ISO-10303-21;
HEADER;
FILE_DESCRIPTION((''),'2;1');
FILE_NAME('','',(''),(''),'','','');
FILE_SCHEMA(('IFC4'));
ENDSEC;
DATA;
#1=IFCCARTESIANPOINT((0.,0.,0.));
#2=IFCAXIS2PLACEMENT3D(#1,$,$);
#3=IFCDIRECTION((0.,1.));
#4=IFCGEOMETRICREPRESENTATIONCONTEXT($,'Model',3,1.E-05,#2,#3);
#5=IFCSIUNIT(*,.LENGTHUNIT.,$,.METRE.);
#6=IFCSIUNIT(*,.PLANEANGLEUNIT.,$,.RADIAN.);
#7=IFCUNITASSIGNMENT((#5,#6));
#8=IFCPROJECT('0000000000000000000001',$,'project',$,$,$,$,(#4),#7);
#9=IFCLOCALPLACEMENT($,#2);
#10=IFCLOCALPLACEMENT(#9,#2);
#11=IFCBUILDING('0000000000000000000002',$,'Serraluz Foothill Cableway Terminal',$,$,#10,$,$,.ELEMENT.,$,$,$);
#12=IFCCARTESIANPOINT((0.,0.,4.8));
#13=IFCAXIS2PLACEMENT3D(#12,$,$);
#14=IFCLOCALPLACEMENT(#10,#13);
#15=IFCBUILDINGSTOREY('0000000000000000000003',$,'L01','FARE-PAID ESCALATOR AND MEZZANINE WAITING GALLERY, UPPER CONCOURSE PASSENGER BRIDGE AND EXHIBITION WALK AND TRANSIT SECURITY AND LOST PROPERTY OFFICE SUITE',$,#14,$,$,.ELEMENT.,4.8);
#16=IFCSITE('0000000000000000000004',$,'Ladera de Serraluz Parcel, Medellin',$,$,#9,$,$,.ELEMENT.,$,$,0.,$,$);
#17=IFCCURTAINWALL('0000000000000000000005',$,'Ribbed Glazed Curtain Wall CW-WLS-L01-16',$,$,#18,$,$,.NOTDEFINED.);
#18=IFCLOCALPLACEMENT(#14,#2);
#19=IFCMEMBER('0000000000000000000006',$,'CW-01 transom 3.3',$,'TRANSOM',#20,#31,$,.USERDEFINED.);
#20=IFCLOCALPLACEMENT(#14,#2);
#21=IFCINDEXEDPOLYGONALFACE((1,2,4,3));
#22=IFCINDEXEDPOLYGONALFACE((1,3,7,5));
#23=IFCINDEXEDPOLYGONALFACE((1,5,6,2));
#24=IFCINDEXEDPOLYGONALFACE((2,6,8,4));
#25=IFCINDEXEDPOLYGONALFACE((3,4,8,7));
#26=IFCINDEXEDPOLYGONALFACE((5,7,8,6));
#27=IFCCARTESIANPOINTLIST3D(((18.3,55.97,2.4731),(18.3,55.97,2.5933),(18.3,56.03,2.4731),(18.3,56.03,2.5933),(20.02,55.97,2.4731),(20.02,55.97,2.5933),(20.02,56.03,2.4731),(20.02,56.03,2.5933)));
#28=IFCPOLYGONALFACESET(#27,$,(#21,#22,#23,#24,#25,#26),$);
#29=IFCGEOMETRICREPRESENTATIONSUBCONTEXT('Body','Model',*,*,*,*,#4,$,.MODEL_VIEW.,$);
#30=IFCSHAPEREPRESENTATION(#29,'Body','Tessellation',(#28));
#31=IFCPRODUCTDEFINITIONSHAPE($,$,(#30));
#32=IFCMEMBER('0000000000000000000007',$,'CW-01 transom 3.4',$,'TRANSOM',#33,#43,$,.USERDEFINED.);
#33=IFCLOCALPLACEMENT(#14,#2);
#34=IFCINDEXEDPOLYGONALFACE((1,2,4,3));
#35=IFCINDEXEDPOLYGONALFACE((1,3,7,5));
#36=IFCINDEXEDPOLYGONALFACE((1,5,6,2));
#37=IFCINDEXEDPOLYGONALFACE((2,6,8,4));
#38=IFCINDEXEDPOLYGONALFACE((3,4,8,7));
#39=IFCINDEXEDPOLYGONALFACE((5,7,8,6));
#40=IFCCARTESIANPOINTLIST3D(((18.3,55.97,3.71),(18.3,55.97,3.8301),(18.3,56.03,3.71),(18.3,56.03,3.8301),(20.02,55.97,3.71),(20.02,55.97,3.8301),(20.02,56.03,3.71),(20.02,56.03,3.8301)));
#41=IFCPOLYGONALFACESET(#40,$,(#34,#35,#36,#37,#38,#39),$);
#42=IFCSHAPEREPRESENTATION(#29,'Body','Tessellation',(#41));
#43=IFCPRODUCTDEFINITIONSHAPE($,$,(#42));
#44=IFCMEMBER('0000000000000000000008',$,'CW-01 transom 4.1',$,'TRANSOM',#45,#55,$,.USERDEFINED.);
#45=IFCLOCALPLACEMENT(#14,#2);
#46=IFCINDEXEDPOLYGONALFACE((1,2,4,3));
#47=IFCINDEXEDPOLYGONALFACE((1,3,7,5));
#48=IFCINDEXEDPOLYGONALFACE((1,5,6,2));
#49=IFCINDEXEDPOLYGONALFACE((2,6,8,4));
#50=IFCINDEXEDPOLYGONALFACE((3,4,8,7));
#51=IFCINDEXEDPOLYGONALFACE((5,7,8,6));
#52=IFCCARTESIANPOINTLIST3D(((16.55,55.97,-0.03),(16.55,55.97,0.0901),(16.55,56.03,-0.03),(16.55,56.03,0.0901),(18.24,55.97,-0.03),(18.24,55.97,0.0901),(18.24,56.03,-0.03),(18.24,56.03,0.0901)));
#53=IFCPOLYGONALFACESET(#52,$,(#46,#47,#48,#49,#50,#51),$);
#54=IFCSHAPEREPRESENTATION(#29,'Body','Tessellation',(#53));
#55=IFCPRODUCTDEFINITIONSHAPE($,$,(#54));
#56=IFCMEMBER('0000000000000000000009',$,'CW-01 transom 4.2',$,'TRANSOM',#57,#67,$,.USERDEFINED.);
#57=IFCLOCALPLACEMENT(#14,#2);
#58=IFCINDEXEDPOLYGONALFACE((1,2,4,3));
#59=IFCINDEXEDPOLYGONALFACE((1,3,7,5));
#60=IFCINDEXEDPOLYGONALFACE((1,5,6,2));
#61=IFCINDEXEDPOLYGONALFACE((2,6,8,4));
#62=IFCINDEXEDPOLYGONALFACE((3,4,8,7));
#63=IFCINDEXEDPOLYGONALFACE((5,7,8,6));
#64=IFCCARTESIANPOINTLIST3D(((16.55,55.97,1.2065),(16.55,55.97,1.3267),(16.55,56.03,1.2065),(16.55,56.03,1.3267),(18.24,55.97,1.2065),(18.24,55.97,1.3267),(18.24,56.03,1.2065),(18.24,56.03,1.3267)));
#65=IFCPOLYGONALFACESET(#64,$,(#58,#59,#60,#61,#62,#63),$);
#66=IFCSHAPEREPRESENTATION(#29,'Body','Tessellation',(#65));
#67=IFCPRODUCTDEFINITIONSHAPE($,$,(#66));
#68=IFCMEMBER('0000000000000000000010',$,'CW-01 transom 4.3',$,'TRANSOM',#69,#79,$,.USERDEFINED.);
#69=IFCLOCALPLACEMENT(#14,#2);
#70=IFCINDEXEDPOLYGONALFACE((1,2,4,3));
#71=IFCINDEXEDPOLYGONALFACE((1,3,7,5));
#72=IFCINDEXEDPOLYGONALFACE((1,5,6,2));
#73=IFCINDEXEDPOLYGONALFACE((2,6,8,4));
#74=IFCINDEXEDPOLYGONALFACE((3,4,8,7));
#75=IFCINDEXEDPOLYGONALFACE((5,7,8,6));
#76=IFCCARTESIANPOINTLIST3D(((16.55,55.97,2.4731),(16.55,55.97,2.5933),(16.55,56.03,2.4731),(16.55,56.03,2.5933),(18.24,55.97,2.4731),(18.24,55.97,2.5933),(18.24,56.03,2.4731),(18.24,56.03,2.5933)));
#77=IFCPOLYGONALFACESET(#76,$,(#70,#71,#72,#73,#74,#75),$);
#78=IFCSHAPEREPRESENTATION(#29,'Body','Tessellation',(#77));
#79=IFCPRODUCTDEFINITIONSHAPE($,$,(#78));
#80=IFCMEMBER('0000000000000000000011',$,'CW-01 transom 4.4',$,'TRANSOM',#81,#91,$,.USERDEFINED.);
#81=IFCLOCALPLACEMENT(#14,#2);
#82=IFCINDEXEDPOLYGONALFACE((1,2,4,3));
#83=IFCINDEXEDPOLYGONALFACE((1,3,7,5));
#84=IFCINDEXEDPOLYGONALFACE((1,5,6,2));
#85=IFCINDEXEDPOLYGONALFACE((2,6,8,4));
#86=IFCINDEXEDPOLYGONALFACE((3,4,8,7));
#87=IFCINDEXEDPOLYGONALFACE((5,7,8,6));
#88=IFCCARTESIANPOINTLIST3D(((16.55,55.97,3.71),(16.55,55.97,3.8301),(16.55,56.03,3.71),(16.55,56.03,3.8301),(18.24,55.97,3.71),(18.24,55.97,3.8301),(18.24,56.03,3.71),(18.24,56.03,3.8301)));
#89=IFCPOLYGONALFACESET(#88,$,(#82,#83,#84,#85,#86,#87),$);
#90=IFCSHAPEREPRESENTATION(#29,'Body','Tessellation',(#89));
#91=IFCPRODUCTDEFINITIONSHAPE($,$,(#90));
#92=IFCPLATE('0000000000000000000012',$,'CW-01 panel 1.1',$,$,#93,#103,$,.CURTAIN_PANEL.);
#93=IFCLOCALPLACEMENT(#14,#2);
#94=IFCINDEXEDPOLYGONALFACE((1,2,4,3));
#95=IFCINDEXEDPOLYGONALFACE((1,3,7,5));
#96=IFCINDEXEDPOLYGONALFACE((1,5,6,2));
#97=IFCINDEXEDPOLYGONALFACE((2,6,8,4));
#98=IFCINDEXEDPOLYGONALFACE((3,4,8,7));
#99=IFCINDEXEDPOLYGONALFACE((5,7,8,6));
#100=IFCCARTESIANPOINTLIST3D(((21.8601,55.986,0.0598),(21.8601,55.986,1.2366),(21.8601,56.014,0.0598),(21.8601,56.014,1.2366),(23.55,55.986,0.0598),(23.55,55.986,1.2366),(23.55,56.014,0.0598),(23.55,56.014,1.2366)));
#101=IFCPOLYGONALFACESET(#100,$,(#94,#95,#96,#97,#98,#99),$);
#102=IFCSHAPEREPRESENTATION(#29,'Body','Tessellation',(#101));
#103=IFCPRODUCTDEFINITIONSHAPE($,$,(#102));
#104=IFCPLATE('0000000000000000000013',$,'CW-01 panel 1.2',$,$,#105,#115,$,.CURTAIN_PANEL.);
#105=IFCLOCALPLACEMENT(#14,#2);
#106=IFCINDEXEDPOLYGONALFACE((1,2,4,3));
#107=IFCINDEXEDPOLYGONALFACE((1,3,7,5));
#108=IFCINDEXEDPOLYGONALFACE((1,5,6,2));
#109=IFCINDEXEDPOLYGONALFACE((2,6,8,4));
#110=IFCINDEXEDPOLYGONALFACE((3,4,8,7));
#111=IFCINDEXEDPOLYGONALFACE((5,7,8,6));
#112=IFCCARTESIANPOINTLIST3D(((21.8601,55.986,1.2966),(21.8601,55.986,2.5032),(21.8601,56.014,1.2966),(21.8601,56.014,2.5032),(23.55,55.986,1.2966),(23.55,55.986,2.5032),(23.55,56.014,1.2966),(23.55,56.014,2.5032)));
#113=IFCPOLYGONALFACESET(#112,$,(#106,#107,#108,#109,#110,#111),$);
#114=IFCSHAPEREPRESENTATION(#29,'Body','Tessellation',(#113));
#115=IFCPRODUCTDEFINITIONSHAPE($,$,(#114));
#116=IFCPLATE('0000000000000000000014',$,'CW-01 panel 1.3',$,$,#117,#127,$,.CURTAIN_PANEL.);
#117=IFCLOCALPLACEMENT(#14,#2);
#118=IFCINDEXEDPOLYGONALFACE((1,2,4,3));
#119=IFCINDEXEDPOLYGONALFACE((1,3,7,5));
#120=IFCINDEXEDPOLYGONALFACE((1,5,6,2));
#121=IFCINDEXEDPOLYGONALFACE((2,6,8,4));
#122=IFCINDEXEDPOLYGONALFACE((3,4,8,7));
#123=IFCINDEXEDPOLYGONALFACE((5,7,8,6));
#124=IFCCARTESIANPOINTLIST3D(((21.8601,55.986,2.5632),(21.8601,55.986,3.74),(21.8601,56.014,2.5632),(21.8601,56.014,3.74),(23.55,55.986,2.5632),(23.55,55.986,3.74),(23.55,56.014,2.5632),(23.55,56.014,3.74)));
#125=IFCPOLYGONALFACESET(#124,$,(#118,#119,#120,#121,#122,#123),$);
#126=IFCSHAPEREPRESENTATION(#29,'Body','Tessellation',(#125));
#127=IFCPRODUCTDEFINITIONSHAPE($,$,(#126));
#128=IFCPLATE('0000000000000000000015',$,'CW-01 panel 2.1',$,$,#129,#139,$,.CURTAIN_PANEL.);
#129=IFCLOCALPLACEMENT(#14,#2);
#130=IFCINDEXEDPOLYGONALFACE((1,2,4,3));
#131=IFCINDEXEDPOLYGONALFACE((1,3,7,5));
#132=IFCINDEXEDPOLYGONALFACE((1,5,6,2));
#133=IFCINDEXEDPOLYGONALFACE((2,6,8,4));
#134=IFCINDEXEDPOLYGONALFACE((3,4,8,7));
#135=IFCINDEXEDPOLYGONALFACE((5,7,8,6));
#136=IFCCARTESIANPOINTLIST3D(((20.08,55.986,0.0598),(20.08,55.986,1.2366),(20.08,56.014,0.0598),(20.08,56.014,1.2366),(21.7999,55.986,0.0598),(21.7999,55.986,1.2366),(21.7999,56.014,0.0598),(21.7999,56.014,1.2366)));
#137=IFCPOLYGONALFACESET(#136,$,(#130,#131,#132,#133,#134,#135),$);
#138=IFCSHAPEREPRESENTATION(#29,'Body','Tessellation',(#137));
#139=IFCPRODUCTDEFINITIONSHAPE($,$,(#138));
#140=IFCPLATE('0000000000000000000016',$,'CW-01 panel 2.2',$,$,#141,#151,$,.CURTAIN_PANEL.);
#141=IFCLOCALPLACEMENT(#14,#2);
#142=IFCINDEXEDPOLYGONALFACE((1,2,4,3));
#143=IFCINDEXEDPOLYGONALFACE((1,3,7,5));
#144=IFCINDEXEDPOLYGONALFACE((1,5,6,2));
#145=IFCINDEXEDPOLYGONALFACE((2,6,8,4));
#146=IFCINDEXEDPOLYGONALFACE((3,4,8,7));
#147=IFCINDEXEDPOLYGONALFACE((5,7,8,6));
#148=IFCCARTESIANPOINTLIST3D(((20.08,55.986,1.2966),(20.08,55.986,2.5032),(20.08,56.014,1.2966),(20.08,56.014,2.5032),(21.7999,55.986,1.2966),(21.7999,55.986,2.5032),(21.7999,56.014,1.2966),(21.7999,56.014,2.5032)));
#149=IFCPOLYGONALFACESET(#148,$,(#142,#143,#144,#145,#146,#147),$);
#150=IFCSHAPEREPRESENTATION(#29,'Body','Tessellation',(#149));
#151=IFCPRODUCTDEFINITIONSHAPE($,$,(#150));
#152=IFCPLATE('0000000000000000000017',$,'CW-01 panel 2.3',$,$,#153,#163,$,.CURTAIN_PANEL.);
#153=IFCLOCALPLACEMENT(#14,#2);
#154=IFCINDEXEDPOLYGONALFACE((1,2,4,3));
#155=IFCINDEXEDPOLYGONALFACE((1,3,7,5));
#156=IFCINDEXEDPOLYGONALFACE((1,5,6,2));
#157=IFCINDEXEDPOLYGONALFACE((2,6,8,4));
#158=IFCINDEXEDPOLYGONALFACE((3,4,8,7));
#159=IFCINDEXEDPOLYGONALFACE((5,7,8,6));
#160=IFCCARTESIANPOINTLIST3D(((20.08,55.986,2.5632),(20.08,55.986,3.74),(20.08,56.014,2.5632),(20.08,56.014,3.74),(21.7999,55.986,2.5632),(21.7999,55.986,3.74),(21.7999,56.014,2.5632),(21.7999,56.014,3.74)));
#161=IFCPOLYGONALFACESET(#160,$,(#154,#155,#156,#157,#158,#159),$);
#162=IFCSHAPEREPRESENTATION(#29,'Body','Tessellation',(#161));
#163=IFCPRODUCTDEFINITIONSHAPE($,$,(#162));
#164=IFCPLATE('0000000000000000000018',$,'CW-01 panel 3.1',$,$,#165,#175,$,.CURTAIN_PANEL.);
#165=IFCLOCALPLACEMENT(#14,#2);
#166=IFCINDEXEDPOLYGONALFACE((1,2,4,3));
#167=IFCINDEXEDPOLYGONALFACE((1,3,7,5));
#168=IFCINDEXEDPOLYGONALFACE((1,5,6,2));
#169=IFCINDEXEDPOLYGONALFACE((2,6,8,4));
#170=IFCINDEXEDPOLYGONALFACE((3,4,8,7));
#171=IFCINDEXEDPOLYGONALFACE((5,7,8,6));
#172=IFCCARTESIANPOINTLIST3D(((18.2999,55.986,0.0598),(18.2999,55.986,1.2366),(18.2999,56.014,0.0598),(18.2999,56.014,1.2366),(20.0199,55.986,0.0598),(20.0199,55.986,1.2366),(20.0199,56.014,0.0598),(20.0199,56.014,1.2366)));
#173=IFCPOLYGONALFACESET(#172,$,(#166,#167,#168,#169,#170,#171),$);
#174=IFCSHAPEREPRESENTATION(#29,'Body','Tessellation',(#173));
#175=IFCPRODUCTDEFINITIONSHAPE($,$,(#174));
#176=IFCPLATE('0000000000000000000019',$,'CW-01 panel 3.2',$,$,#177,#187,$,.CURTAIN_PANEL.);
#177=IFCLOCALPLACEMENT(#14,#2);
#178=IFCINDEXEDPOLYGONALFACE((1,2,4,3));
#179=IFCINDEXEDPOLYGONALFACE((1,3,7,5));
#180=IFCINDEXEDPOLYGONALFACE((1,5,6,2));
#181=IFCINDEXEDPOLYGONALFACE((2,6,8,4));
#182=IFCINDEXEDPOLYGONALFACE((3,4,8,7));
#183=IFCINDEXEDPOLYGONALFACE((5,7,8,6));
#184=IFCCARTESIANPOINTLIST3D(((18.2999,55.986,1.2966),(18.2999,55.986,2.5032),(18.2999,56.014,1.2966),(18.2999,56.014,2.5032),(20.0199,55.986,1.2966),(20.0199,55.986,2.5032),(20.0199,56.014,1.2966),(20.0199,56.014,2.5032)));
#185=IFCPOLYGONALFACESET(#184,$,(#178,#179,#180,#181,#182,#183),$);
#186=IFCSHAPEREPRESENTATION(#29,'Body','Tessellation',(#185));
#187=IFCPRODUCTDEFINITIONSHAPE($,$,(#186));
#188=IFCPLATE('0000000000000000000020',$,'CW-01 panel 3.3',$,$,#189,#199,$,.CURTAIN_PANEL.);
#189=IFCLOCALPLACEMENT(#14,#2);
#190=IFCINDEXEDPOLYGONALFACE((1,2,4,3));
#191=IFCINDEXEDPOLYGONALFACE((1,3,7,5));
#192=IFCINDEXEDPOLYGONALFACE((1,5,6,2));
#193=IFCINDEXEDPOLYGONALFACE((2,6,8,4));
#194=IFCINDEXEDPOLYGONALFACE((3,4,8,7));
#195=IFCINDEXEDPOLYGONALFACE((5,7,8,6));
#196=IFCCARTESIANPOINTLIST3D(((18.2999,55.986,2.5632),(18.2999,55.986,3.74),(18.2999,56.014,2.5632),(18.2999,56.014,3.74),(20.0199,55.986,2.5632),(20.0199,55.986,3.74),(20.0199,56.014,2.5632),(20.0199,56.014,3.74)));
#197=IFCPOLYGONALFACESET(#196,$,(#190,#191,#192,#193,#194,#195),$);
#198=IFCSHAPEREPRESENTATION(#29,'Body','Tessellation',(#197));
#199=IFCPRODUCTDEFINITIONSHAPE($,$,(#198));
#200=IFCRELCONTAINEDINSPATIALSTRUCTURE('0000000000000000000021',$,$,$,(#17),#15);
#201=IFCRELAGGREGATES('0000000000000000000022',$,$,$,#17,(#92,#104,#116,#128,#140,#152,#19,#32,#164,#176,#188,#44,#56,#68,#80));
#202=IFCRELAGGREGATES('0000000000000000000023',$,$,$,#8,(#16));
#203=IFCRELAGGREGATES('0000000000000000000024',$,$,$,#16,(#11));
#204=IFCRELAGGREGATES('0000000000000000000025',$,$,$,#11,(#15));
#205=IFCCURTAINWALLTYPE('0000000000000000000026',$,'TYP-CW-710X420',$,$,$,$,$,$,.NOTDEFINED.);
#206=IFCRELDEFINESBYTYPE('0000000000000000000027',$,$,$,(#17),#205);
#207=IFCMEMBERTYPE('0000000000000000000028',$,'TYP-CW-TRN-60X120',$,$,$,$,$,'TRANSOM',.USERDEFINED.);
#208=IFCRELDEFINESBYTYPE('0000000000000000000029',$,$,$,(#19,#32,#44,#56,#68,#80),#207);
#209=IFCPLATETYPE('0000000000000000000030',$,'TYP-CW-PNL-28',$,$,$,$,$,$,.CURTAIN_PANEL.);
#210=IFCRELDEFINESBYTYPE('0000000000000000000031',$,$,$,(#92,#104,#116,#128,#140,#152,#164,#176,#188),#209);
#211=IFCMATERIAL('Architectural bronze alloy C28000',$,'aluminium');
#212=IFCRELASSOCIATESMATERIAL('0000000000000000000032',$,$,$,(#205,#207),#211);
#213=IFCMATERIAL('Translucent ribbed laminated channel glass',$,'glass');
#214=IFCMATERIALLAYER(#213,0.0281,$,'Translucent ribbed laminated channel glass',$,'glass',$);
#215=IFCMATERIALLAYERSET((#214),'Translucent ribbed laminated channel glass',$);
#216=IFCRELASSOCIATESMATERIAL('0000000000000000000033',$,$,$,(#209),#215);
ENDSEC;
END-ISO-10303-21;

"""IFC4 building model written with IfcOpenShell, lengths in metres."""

from ifc_helpers import new_model, si_unit, direction, frame, origin, origin_2d, place, context, subcontext, project, spatial, rectangle, extrude, material, layer, layer_set, material_profile, profile_set, type_object, element, aggregate, save


model = new_model("IFC4")

# Units and contexts
model_context = context("Model", 3, precision=1e-05, world=origin(), true_north=direction((0.0, 1.0)))
body_context = subcontext(model_context, "Body", "Model", "MODEL_VIEW")
ifc_project = project(units=[si_unit("LENGTHUNIT", "METRE"), si_unit("PLANEANGLEUNIT", "RADIAN")], contexts=[model_context])

# Site, building, storey
site_placement = place(None, origin())
site = spatial("IfcSite", under=ifc_project, at=site_placement, Name="Ladera de Serraluz Parcel, Medellin", CompositionType="ELEMENT", RefElevation=0.0)
building_placement = place(site_placement, origin())
building = spatial("IfcBuilding", under=site, at=building_placement, Name="Serraluz Foothill Cableway Terminal", CompositionType="ELEMENT")
storey_placement = place(building_placement, frame((0.0, 0.0, 4.8)))
storey = spatial("IfcBuildingStorey", under=building, at=storey_placement, Name="L01", Description="FARE-PAID ESCALATOR AND MEZZANINE WAITING GALLERY, UPPER CONCOURSE PASSENGER BRIDGE AND EXHIBITION WALK AND TRANSIT SECURITY AND LOST PROPERTY OFFICE SUITE", CompositionType="ELEMENT", Elevation=4.8)

# Curtain wall, members, plates
ifc_material_1 = material(Name="Architectural bronze alloy C28000", Category="aluminium")
curtain_wall_type = type_object("IfcCurtainWallType", Name="TYP-CW-710X420", PredefinedType="NOTDEFINED", material=ifc_material_1)
curtain_wall_placement = place(storey_placement, origin())
curtain_wall = element("IfcCurtainWall", 1, at=curtain_wall_placement, inside=storey, type_object=curtain_wall_type, Name="Ribbed Glazed Curtain Wall CW-WLS-L01-16", PredefinedType="NOTDEFINED")
ifc_material_profile_1 = material_profile(ifc_material_1, rectangle(XDim=0.0601, YDim=0.1201, at=origin_2d()), Name="ALU TRANSOM 60x120")
ifc_profile_set_1 = profile_set([ifc_material_profile_1], Name="Architectural bronze alloy C28000")
member_type_1 = type_object("IfcMemberType", Name="TYP-CW-TRN-60X120", ElementType="TRANSOM", PredefinedType="USERDEFINED", material=ifc_profile_set_1)
member_1_placement = place(storey_placement, frame((20.02, 56.0, 2.5332), z_axis=(-1.0, 0.0, 0.0), x_axis=(0.0, -1.0, 0.0)))
member_1 = element("IfcMember", 2, at=member_1_placement, type_object=member_type_1, Name="CW-01 transom 3.3", ObjectType="TRANSOM", PredefinedType="USERDEFINED", context=body_context, shape_type="SweptSolid", body=[
    extrude(rectangle(XDim=0.0601, YDim=0.1201, at=origin_2d()), origin(), (0.0, 0.0, 1.0), 1.72),
])
member_2_placement = place(storey_placement, frame((20.02, 56.0, 3.77), z_axis=(-1.0, 0.0, 0.0), x_axis=(0.0, -1.0, 0.0)))
member_2 = element("IfcMember", 3, at=member_2_placement, type_object=member_type_1, Name="CW-01 transom 3.4", ObjectType="TRANSOM", PredefinedType="USERDEFINED", context=body_context, shape_type="SweptSolid", body=[
    extrude(rectangle(XDim=0.0601, YDim=0.1201, at=origin_2d()), origin(), (0.0, 0.0, 1.0), 1.72),
])
member_3_placement = place(storey_placement, frame((18.24, 56.0, 0.03), z_axis=(-1.0, 0.0, 0.0), x_axis=(0.0, -1.0, 0.0)))
member_3 = element("IfcMember", 4, at=member_3_placement, type_object=member_type_1, Name="CW-01 transom 4.1", ObjectType="TRANSOM", PredefinedType="USERDEFINED", context=body_context, shape_type="SweptSolid", body=[
    extrude(rectangle(XDim=0.0601, YDim=0.1201, at=origin_2d()), origin(), (0.0, 0.0, 1.0), 1.6899),
])
member_4_placement = place(storey_placement, frame((18.24, 56.0, 1.2666), z_axis=(-1.0, 0.0, 0.0), x_axis=(0.0, -1.0, 0.0)))
member_4 = element("IfcMember", 5, at=member_4_placement, type_object=member_type_1, Name="CW-01 transom 4.2", ObjectType="TRANSOM", PredefinedType="USERDEFINED", context=body_context, shape_type="SweptSolid", body=[
    extrude(rectangle(XDim=0.0601, YDim=0.1201, at=origin_2d()), origin(), (0.0, 0.0, 1.0), 1.6899),
])
member_5_placement = place(storey_placement, frame((18.24, 56.0, 2.5332), z_axis=(-1.0, 0.0, 0.0), x_axis=(0.0, -1.0, 0.0)))
member_5 = element("IfcMember", 6, at=member_5_placement, type_object=member_type_1, Name="CW-01 transom 4.3", ObjectType="TRANSOM", PredefinedType="USERDEFINED", context=body_context, shape_type="SweptSolid", body=[
    extrude(rectangle(XDim=0.0601, YDim=0.1201, at=origin_2d()), origin(), (0.0, 0.0, 1.0), 1.6899),
])
member_6_placement = place(storey_placement, frame((18.24, 56.0, 3.77), z_axis=(-1.0, 0.0, 0.0), x_axis=(0.0, -1.0, 0.0)))
member_6 = element("IfcMember", 7, at=member_6_placement, type_object=member_type_1, Name="CW-01 transom 4.4", ObjectType="TRANSOM", PredefinedType="USERDEFINED", context=body_context, shape_type="SweptSolid", body=[
    extrude(rectangle(XDim=0.0601, YDim=0.1201, at=origin_2d()), origin(), (0.0, 0.0, 1.0), 1.6899),
])
ifc_material_2 = material(Name="Translucent ribbed laminated channel glass", Category="glass")
ifc_layer = layer(ifc_material_2, 0.0281, Name="Translucent ribbed laminated channel glass", Category="glass")
ifc_layer_set = layer_set([ifc_layer], Name="Translucent ribbed laminated channel glass")
plate_type = type_object("IfcPlateType", Name="TYP-CW-PNL-28", PredefinedType="CURTAIN_PANEL", material=ifc_layer_set)
plate_1_placement = place(storey_placement, frame((22.7051, 56.0, 0.0598), z_axis=(0.0, 0.0, 1.0), x_axis=(-1.0, 0.0, 0.0)))
plate_1 = element("IfcPlate", 8, at=plate_1_placement, type_object=plate_type, Name="CW-01 panel 1.1", PredefinedType="CURTAIN_PANEL", context=body_context, shape_type="SweptSolid", body=[
    extrude(rectangle(XDim=1.6899, YDim=0.0281, at=origin_2d()), origin(), (0.0, 0.0, 1.0), 1.1768),
])
plate_2_placement = place(storey_placement, frame((22.7051, 56.0, 1.2966), z_axis=(0.0, 0.0, 1.0), x_axis=(-1.0, 0.0, 0.0)))
plate_2 = element("IfcPlate", 9, at=plate_2_placement, type_object=plate_type, Name="CW-01 panel 1.2", PredefinedType="CURTAIN_PANEL", context=body_context, shape_type="SweptSolid", body=[
    extrude(rectangle(XDim=1.6899, YDim=0.0281, at=origin_2d()), origin(), (0.0, 0.0, 1.0), 1.2065),
])
plate_3_placement = place(storey_placement, frame((22.7051, 56.0, 2.5632), z_axis=(0.0, 0.0, 1.0), x_axis=(-1.0, 0.0, 0.0)))
plate_3 = element("IfcPlate", 10, at=plate_3_placement, type_object=plate_type, Name="CW-01 panel 1.3", PredefinedType="CURTAIN_PANEL", context=body_context, shape_type="SweptSolid", body=[
    extrude(rectangle(XDim=1.6899, YDim=0.0281, at=origin_2d()), origin(), (0.0, 0.0, 1.0), 1.1768),
])
plate_4_placement = place(storey_placement, frame((20.9399, 56.0, 0.0598), z_axis=(0.0, 0.0, 1.0), x_axis=(-1.0, 0.0, 0.0)))
plate_4 = element("IfcPlate", 11, at=plate_4_placement, type_object=plate_type, Name="CW-01 panel 2.1", PredefinedType="CURTAIN_PANEL", context=body_context, shape_type="SweptSolid", body=[
    extrude(rectangle(XDim=1.72, YDim=0.0281, at=origin_2d()), origin(), (0.0, 0.0, 1.0), 1.1768),
])
plate_5_placement = place(storey_placement, frame((20.9399, 56.0, 1.2966), z_axis=(0.0, 0.0, 1.0), x_axis=(-1.0, 0.0, 0.0)))
plate_5 = element("IfcPlate", 12, at=plate_5_placement, type_object=plate_type, Name="CW-01 panel 2.2", PredefinedType="CURTAIN_PANEL", context=body_context, shape_type="SweptSolid", body=[
    extrude(rectangle(XDim=1.72, YDim=0.0281, at=origin_2d()), origin(), (0.0, 0.0, 1.0), 1.2065),
])
plate_6_placement = place(storey_placement, frame((20.9399, 56.0, 2.5632), z_axis=(0.0, 0.0, 1.0), x_axis=(-1.0, 0.0, 0.0)))
plate_6 = element("IfcPlate", 13, at=plate_6_placement, type_object=plate_type, Name="CW-01 panel 2.3", PredefinedType="CURTAIN_PANEL", context=body_context, shape_type="SweptSolid", body=[
    extrude(rectangle(XDim=1.72, YDim=0.0281, at=origin_2d()), origin(), (0.0, 0.0, 1.0), 1.1768),
])
plate_7_placement = place(storey_placement, frame((19.1599, 56.0, 0.0598), z_axis=(0.0, 0.0, 1.0), x_axis=(-1.0, 0.0, 0.0)))
plate_7 = element("IfcPlate", 14, at=plate_7_placement, type_object=plate_type, Name="CW-01 panel 3.1", PredefinedType="CURTAIN_PANEL", context=body_context, shape_type="SweptSolid", body=[
    extrude(rectangle(XDim=1.72, YDim=0.0281, at=origin_2d()), origin(), (0.0, 0.0, 1.0), 1.1768),
])
plate_8_placement = place(storey_placement, frame((19.1599, 56.0, 1.2966), z_axis=(0.0, 0.0, 1.0), x_axis=(-1.0, 0.0, 0.0)))
plate_8 = element("IfcPlate", 15, at=plate_8_placement, type_object=plate_type, Name="CW-01 panel 3.2", PredefinedType="CURTAIN_PANEL", context=body_context, shape_type="SweptSolid", body=[
    extrude(rectangle(XDim=1.72, YDim=0.0281, at=origin_2d()), origin(), (0.0, 0.0, 1.0), 1.2065),
])
plate_9_placement = place(storey_placement, frame((19.1599, 56.0, 2.5632), z_axis=(0.0, 0.0, 1.0), x_axis=(-1.0, 0.0, 0.0)))
plate_9 = element("IfcPlate", 16, at=plate_9_placement, type_object=plate_type, Name="CW-01 panel 3.3", PredefinedType="CURTAIN_PANEL", context=body_context, shape_type="SweptSolid", body=[
    extrude(rectangle(XDim=1.72, YDim=0.0281, at=origin_2d()), origin(), (0.0, 0.0, 1.0), 1.1768),
])
aggregate(curtain_wall, [plate_1, plate_2, plate_3, plate_4, plate_5, plate_6, member_1, member_2, plate_7, plate_8, plate_9, member_3, member_4, member_5, member_6])

save(model, "model.ifc")
